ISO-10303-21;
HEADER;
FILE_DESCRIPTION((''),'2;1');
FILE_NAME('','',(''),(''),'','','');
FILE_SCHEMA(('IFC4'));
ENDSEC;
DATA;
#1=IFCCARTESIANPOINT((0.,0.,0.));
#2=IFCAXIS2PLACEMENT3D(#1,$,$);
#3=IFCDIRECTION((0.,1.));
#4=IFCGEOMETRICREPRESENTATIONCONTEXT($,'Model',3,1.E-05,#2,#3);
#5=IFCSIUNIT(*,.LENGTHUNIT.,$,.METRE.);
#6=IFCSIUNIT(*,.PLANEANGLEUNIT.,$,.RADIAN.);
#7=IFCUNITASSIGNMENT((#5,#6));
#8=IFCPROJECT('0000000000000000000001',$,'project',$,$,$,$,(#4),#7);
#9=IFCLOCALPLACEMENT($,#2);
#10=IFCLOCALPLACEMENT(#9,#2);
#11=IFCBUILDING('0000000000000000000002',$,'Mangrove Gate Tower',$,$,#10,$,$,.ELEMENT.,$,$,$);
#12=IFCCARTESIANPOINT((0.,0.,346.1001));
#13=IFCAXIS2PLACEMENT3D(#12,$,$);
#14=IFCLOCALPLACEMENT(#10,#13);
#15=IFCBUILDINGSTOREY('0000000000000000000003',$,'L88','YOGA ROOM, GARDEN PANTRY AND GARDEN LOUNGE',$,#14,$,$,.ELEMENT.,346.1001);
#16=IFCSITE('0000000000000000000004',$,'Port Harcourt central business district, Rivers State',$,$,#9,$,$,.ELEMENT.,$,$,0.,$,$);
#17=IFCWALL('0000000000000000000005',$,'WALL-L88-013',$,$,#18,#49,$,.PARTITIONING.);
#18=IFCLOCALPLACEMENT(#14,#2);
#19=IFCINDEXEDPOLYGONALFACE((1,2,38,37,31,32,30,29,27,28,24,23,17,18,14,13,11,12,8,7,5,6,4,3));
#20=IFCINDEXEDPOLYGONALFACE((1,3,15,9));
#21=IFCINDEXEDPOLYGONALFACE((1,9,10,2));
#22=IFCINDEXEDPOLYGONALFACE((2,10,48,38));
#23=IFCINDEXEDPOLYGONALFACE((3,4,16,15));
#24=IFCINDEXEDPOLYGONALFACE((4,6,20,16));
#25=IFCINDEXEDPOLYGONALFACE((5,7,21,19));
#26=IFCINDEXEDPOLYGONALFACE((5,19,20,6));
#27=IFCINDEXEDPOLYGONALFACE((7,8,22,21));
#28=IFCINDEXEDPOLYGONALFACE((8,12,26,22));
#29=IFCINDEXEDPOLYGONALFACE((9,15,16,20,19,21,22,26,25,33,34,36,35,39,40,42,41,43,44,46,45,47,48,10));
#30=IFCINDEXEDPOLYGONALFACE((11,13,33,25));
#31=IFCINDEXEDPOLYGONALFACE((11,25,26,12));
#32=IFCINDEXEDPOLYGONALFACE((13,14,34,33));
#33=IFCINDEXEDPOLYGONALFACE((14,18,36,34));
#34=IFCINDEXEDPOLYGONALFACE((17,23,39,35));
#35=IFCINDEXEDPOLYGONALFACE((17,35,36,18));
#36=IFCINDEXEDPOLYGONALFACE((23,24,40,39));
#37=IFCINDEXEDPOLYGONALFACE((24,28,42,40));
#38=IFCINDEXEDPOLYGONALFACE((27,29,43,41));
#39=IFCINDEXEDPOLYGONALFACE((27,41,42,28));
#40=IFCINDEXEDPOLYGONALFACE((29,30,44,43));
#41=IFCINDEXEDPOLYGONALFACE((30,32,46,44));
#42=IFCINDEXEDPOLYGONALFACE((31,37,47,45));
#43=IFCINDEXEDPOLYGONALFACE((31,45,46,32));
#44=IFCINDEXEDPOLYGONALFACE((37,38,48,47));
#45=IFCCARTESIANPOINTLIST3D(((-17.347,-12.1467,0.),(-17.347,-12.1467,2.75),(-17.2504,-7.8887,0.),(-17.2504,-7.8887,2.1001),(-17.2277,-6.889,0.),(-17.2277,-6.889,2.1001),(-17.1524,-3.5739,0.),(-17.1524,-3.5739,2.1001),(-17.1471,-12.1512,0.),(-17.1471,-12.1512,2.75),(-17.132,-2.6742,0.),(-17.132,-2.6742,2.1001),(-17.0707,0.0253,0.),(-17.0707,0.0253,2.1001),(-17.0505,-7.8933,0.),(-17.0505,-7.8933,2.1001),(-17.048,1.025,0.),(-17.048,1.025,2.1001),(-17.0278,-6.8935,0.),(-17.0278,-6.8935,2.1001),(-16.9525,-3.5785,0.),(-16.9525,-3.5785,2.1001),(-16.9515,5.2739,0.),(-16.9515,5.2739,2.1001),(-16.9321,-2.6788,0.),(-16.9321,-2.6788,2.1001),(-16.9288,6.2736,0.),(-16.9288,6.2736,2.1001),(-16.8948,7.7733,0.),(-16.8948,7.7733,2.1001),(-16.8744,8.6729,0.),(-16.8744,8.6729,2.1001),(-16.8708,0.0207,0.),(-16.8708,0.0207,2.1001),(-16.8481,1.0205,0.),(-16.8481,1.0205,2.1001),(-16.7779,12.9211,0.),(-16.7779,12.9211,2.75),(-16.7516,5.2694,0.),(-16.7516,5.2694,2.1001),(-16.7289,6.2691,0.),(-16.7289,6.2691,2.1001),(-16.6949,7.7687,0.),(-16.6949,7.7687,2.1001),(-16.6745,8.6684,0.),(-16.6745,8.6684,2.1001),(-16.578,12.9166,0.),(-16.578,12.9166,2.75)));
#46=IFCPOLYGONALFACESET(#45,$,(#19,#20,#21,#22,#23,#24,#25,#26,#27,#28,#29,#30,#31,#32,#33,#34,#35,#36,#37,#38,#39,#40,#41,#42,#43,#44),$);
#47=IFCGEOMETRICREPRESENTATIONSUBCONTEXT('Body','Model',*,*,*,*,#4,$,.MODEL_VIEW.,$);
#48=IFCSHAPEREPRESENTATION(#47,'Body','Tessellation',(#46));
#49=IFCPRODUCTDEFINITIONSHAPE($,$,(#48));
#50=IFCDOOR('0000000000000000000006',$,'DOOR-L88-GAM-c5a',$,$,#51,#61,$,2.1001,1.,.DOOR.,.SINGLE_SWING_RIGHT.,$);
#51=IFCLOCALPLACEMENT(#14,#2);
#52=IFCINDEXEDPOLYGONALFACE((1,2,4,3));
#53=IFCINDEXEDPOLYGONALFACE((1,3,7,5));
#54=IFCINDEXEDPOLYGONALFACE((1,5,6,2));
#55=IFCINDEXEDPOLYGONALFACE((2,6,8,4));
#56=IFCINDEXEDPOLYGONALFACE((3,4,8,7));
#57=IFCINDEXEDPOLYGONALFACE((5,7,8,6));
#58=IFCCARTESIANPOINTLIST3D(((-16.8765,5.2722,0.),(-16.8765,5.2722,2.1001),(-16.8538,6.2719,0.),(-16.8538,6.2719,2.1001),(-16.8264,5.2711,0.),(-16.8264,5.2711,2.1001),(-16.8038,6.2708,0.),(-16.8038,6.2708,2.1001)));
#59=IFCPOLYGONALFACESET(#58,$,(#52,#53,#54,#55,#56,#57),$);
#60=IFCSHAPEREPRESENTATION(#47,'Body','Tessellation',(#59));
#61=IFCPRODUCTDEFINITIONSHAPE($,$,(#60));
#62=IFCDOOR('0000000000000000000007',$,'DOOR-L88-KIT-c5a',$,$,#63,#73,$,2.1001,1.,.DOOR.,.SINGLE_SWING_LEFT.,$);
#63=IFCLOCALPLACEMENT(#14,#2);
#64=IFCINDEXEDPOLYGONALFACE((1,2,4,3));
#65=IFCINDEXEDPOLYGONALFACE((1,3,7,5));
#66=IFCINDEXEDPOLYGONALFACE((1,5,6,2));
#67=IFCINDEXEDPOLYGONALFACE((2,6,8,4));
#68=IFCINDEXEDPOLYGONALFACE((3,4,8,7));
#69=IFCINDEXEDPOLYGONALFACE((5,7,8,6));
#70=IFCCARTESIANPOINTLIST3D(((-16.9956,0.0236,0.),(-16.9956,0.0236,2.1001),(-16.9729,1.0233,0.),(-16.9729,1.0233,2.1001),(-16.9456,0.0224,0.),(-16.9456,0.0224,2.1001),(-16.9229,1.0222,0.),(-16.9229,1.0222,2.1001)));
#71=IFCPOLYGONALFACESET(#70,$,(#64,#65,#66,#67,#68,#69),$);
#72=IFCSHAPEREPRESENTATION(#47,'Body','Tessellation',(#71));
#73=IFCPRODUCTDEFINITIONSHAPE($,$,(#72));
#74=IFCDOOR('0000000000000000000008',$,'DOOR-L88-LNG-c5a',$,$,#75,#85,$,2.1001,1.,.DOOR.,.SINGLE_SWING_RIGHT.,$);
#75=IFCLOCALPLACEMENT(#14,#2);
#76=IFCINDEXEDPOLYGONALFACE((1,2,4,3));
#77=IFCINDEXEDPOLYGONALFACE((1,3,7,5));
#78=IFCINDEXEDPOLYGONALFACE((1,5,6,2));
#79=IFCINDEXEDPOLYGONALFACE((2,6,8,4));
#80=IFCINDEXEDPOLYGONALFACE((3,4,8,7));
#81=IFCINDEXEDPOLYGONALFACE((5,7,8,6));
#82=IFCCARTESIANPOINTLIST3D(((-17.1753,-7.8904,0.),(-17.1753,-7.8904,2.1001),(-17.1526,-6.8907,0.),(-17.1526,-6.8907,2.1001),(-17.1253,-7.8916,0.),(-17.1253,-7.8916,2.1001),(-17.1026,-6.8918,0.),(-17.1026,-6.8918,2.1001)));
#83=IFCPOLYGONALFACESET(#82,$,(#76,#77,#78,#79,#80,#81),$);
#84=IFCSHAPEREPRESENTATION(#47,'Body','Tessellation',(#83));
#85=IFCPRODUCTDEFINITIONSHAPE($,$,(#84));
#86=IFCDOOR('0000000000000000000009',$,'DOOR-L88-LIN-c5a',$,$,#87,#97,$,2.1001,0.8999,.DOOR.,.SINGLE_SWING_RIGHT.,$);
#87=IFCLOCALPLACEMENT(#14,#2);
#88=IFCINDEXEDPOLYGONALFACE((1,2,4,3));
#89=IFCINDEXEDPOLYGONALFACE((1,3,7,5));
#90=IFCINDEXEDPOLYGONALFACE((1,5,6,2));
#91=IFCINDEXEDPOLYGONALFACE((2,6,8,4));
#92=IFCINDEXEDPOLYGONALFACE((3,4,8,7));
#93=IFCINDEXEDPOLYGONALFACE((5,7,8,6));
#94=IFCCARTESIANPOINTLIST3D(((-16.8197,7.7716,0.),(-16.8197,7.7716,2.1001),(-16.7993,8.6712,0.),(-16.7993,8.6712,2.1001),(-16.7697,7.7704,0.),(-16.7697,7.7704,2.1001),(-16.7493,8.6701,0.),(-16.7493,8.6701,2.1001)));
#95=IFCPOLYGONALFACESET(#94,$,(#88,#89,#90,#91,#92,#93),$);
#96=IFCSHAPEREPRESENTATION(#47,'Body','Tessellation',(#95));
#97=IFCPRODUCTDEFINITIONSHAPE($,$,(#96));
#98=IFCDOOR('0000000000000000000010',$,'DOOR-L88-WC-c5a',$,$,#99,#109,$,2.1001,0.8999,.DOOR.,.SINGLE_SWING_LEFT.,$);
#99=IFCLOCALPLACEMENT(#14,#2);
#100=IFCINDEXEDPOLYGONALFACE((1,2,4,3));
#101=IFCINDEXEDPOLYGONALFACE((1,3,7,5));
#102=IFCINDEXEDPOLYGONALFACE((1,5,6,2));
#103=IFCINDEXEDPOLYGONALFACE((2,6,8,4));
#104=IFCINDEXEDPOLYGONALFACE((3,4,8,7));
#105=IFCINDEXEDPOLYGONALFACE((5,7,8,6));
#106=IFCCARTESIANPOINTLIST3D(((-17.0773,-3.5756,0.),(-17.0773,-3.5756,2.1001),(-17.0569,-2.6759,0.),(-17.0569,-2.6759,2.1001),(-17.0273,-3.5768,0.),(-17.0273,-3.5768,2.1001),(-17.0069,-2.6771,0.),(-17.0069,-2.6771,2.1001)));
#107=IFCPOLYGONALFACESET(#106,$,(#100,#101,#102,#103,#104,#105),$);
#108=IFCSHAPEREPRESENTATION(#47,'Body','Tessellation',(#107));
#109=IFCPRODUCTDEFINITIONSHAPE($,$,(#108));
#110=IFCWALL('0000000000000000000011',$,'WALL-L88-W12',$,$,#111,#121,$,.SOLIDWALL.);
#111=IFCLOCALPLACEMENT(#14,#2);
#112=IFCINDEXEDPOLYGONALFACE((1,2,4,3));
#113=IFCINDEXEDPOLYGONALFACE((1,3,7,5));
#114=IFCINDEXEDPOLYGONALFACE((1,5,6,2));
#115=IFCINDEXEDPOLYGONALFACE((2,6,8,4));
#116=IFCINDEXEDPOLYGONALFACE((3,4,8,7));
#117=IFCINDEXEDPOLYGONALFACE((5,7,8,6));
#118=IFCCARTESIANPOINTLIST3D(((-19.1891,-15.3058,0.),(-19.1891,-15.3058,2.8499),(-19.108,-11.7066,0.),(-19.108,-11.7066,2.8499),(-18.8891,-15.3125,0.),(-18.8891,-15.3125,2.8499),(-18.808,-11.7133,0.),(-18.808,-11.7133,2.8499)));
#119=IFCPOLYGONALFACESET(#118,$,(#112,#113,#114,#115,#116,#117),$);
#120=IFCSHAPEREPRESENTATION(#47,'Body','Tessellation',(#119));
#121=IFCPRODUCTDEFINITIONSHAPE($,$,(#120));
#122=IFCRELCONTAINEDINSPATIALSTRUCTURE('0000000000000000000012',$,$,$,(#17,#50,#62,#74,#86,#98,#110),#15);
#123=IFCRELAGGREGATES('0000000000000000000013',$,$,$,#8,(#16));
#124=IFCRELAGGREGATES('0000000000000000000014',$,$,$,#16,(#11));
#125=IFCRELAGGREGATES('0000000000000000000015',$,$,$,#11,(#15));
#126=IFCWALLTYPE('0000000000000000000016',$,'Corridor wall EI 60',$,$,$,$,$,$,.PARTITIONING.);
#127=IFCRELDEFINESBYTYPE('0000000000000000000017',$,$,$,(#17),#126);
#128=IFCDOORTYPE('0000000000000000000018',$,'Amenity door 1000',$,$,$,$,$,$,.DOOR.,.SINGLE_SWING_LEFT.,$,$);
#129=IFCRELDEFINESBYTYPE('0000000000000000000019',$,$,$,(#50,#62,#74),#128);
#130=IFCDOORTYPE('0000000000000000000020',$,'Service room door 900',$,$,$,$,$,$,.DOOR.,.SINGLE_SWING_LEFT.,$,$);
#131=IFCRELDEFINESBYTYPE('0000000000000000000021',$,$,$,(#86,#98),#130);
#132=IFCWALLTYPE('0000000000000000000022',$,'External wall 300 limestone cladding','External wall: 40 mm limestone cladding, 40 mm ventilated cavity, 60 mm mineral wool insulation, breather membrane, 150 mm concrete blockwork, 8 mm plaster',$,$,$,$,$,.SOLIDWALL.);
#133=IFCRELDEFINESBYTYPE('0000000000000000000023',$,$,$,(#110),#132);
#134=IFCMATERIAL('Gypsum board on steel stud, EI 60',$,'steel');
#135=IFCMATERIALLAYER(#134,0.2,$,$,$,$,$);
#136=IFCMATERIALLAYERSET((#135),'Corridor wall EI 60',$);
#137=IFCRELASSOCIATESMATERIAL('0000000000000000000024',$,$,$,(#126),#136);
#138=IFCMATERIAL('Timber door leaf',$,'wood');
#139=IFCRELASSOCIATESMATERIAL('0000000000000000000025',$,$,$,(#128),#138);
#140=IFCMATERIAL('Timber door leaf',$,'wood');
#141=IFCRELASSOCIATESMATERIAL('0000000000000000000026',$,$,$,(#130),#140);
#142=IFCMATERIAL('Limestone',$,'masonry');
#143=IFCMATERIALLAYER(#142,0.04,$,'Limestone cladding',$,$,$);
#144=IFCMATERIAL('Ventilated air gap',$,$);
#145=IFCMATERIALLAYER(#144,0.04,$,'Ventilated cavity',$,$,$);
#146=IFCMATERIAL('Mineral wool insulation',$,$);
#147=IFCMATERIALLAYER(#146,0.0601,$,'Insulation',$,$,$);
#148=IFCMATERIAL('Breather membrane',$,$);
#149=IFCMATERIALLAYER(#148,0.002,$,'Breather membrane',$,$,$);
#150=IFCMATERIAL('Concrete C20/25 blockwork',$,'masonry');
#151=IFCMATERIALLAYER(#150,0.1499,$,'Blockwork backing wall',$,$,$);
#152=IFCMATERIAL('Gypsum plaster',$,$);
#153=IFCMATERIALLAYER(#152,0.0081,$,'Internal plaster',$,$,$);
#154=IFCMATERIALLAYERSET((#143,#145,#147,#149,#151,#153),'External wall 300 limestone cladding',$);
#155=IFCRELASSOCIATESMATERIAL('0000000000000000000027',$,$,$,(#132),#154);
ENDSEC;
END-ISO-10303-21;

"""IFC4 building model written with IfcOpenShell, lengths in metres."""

from ifc_helpers import new_model, si_unit, direction, frame, frame_2d, origin, place, context, subcontext, project, spatial, rectangle, extrude, material, layer, layer_set, type_object, element, fill, save


model = new_model("IFC4")

# Units and contexts
model_context = context("Model", 3, precision=1e-05, world=origin(), true_north=direction((0.0, 1.0)))
body_context = subcontext(model_context, "Body", "Model", "MODEL_VIEW")
ifc_project = project(units=[si_unit("LENGTHUNIT", "METRE"), si_unit("PLANEANGLEUNIT", "RADIAN")], contexts=[model_context])

# Site, building, storey
site_placement = place(None, origin())
site = spatial("IfcSite", under=ifc_project, at=site_placement, Name="Port Harcourt central business district, Rivers State", CompositionType="ELEMENT", RefElevation=0.0)
building_placement = place(site_placement, origin())
building = spatial("IfcBuilding", under=site, at=building_placement, Name="Mangrove Gate Tower", CompositionType="ELEMENT")
storey_placement = place(building_placement, frame((0.0, 0.0, 346.1001)))
storey = spatial("IfcBuildingStorey", under=building, at=storey_placement, Name="L88", Description="YOGA ROOM, GARDEN PANTRY AND GARDEN LOUNGE", CompositionType="ELEMENT", Elevation=346.1001)

# Shared definitions
ifc_material_1 = material(Name="Gypsum board on steel stud, EI 60", Category="steel")
ifc_layer_1 = layer(ifc_material_1, 0.2)
ifc_layer_set_1 = layer_set([ifc_layer_1], Name="Corridor wall EI 60")
wall_type_1 = type_object("IfcWallType", Name="Corridor wall EI 60", PredefinedType="PARTITIONING", material=ifc_layer_set_1)

# Wall, openings, doors
wall_1_placement = place(storey_placement, frame((-17.2471, -12.1489, 0.0), z_axis=(0.0, 0.0, 1.0), x_axis=(0.022696, 0.999742, 0.0)))
wall_1 = element("IfcWall", 1, at=wall_1_placement, inside=storey, type_object=wall_type_1, Name="WALL-L88-013", PredefinedType="PARTITIONING", context=body_context, shape_type="SweptSolid", body=[
    extrude(rectangle(XDim=25.0742, YDim=0.2, at=frame_2d((12.5371, 0.0))), origin(), (0.0, 0.0, 1.0), 2.75),
])
opening_1_placement = place(wall_1_placement, frame((17.425, 0.0, 0.0)))
opening_1 = element("IfcOpeningElement", 2, at=opening_1_placement, cuts=wall_1, PredefinedType="OPENING", context=body_context, shape_type="SweptSolid", body=[
    extrude(rectangle(XDim=1.0, YDim=2.1001, at=frame_2d((0.5, 1.05))), frame((0.0, 0.1099, 0.0), z_axis=(0.0, -1.0, 0.0), x_axis=(1.0, 0.0, 0.0)), (0.0, 0.0, 1.0), 0.22),
])
opening_2_placement = place(wall_1_placement, frame((19.925, 0.0, 0.0)))
opening_2 = element("IfcOpeningElement", 3, at=opening_2_placement, cuts=wall_1, PredefinedType="OPENING", context=body_context, shape_type="SweptSolid", body=[
    extrude(rectangle(XDim=0.8999, YDim=2.1001, at=frame_2d((0.45, 1.05))), frame((0.0, 0.1099, 0.0), z_axis=(0.0, -1.0, 0.0), x_axis=(1.0, 0.0, 0.0)), (0.0, 0.0, 1.0), 0.22),
])
opening_3_placement = place(wall_1_placement, frame((12.175, 0.0, 0.0)))
opening_3 = element("IfcOpeningElement", 4, at=opening_3_placement, cuts=wall_1, PredefinedType="OPENING", context=body_context, shape_type="SweptSolid", body=[
    extrude(rectangle(XDim=1.0, YDim=2.1001, at=frame_2d((0.5, 1.05))), frame((0.0, 0.1099, 0.0), z_axis=(0.0, -1.0, 0.0), x_axis=(1.0, 0.0, 0.0)), (0.0, 0.0, 1.0), 0.22),
])
opening_4_placement = place(wall_1_placement, frame((8.575, 0.0, 0.0)))
opening_4 = element("IfcOpeningElement", 5, at=opening_4_placement, cuts=wall_1, PredefinedType="OPENING", context=body_context, shape_type="SweptSolid", body=[
    extrude(rectangle(XDim=0.8999, YDim=2.1001, at=frame_2d((0.45, 1.05))), frame((0.0, 0.1099, 0.0), z_axis=(0.0, -1.0, 0.0), x_axis=(1.0, 0.0, 0.0)), (0.0, 0.0, 1.0), 0.22),
])
opening_5_placement = place(wall_1_placement, frame((4.259, 0.0, 0.0)))
opening_5 = element("IfcOpeningElement", 6, at=opening_5_placement, cuts=wall_1, PredefinedType="OPENING", context=body_context, shape_type="SweptSolid", body=[
    extrude(rectangle(XDim=1.0, YDim=2.1001, at=frame_2d((0.5, 1.05))), frame((0.0, 0.1099, 0.0), z_axis=(0.0, -1.0, 0.0), x_axis=(1.0, 0.0, 0.0)), (0.0, 0.0, 1.0), 0.22),
])
ifc_material_2 = material(Name="Timber door leaf", Category="wood")
door_type_1 = type_object("IfcDoorType", Name="Amenity door 1000", OperationType="SINGLE_SWING_LEFT", PredefinedType="DOOR", material=ifc_material_2)
door_1_placement = place(opening_1_placement, origin())
door_1 = element("IfcDoor", 7, at=door_1_placement, inside=storey, type_object=door_type_1, Name="DOOR-L88-GAM-c5a", OperationType="SINGLE_SWING_RIGHT", OverallHeight=2.1001, OverallWidth=1.0, PredefinedType="DOOR", context=body_context, shape_type="SweptSolid", body=[
    extrude(rectangle(XDim=1.0, YDim=2.1001, at=frame_2d((0.5, 1.05))), frame((0.0, 0.0249, 0.0), z_axis=(0.0, -1.0, 0.0), x_axis=(1.0, 0.0, 0.0)), (0.0, 0.0, 1.0), 0.05),
])
fill(opening_1, door_1)
door_2_placement = place(opening_3_placement, origin())
door_2 = element("IfcDoor", 8, at=door_2_placement, inside=storey, type_object=door_type_1, Name="DOOR-L88-KIT-c5a", OperationType="SINGLE_SWING_LEFT", OverallHeight=2.1001, OverallWidth=1.0, PredefinedType="DOOR", context=body_context, shape_type="SweptSolid", body=[
    extrude(rectangle(XDim=1.0, YDim=2.1001, at=frame_2d((0.5, 1.05))), frame((0.0, 0.0249, 0.0), z_axis=(0.0, -1.0, 0.0), x_axis=(1.0, 0.0, 0.0)), (0.0, 0.0, 1.0), 0.05),
])
fill(opening_3, door_2)
door_3_placement = place(opening_5_placement, origin())
door_3 = element("IfcDoor", 9, at=door_3_placement, inside=storey, type_object=door_type_1, Name="DOOR-L88-LNG-c5a", OperationType="SINGLE_SWING_RIGHT", OverallHeight=2.1001, OverallWidth=1.0, PredefinedType="DOOR", context=body_context, shape_type="SweptSolid", body=[
    extrude(rectangle(XDim=1.0, YDim=2.1001, at=frame_2d((0.5, 1.05))), frame((0.0, 0.0249, 0.0), z_axis=(0.0, -1.0, 0.0), x_axis=(1.0, 0.0, 0.0)), (0.0, 0.0, 1.0), 0.05),
])
fill(opening_5, door_3)
ifc_material_3 = material(Name="Timber door leaf", Category="wood")
door_type_2 = type_object("IfcDoorType", Name="Service room door 900", OperationType="SINGLE_SWING_LEFT", PredefinedType="DOOR", material=ifc_material_3)
door_4_placement = place(opening_2_placement, origin())
door_4 = element("IfcDoor", 10, at=door_4_placement, inside=storey, type_object=door_type_2, Name="DOOR-L88-LIN-c5a", OperationType="SINGLE_SWING_RIGHT", OverallHeight=2.1001, OverallWidth=0.8999, PredefinedType="DOOR", context=body_context, shape_type="SweptSolid", body=[
    extrude(rectangle(XDim=0.8999, YDim=2.1001, at=frame_2d((0.45, 1.05))), frame((0.0, 0.0249, 0.0), z_axis=(0.0, -1.0, 0.0), x_axis=(1.0, 0.0, 0.0)), (0.0, 0.0, 1.0), 0.05),
])
fill(opening_2, door_4)
door_5_placement = place(opening_4_placement, origin())
door_5 = element("IfcDoor", 11, at=door_5_placement, inside=storey, type_object=door_type_2, Name="DOOR-L88-WC-c5a", OperationType="SINGLE_SWING_LEFT", OverallHeight=2.1001, OverallWidth=0.8999, PredefinedType="DOOR", context=body_context, shape_type="SweptSolid", body=[
    extrude(rectangle(XDim=0.8999, YDim=2.1001, at=frame_2d((0.45, 1.05))), frame((0.0, 0.0249, 0.0), z_axis=(0.0, -1.0, 0.0), x_axis=(1.0, 0.0, 0.0)), (0.0, 0.0, 1.0), 0.05),
])
fill(opening_4, door_5)

# Wall
ifc_material_4 = material(Name="Limestone", Category="masonry")
ifc_layer_2 = layer(ifc_material_4, 0.04, Name="Limestone cladding")
ifc_material_5 = material(Name="Ventilated air gap")
ifc_layer_3 = layer(ifc_material_5, 0.04, Name="Ventilated cavity")
ifc_material_6 = material(Name="Mineral wool insulation")
ifc_layer_4 = layer(ifc_material_6, 0.0601, Name="Insulation")
ifc_material_7 = material(Name="Breather membrane")
ifc_layer_5 = layer(ifc_material_7, 0.002, Name="Breather membrane")
ifc_material_8 = material(Name="Concrete C20/25 blockwork", Category="masonry")
ifc_layer_6 = layer(ifc_material_8, 0.1499, Name="Blockwork backing wall")
ifc_material_9 = material(Name="Gypsum plaster")
ifc_layer_7 = layer(ifc_material_9, 0.0081, Name="Internal plaster")
ifc_layer_set_2 = layer_set([ifc_layer_2, ifc_layer_3, ifc_layer_4, ifc_layer_5, ifc_layer_6, ifc_layer_7], Name="External wall 300 limestone cladding")
wall_type_2 = type_object("IfcWallType", Name="External wall 300 limestone cladding", Description="External wall: 40 mm limestone cladding, 40 mm ventilated cavity, 60 mm mineral wool insulation, breather membrane, 150 mm concrete blockwork, 8 mm plaster", PredefinedType="SOLIDWALL", material=ifc_layer_set_2)
wall_2_placement = place(storey_placement, frame((-18.958, -11.71, 0.0), z_axis=(0.0, 0.0, 1.0), x_axis=(-0.022515, -0.999747, 0.0)))
element("IfcWall", 12, at=wall_2_placement, inside=storey, type_object=wall_type_2, Name="WALL-L88-W12", PredefinedType="SOLIDWALL", context=body_context, shape_type="SweptSolid", body=[
    extrude(rectangle(XDim=3.6001, YDim=0.3, at=frame_2d((1.8, 0.0))), origin(), (0.0, 0.0, 1.0), 2.8499),
])

save(model, "model.ifc")
